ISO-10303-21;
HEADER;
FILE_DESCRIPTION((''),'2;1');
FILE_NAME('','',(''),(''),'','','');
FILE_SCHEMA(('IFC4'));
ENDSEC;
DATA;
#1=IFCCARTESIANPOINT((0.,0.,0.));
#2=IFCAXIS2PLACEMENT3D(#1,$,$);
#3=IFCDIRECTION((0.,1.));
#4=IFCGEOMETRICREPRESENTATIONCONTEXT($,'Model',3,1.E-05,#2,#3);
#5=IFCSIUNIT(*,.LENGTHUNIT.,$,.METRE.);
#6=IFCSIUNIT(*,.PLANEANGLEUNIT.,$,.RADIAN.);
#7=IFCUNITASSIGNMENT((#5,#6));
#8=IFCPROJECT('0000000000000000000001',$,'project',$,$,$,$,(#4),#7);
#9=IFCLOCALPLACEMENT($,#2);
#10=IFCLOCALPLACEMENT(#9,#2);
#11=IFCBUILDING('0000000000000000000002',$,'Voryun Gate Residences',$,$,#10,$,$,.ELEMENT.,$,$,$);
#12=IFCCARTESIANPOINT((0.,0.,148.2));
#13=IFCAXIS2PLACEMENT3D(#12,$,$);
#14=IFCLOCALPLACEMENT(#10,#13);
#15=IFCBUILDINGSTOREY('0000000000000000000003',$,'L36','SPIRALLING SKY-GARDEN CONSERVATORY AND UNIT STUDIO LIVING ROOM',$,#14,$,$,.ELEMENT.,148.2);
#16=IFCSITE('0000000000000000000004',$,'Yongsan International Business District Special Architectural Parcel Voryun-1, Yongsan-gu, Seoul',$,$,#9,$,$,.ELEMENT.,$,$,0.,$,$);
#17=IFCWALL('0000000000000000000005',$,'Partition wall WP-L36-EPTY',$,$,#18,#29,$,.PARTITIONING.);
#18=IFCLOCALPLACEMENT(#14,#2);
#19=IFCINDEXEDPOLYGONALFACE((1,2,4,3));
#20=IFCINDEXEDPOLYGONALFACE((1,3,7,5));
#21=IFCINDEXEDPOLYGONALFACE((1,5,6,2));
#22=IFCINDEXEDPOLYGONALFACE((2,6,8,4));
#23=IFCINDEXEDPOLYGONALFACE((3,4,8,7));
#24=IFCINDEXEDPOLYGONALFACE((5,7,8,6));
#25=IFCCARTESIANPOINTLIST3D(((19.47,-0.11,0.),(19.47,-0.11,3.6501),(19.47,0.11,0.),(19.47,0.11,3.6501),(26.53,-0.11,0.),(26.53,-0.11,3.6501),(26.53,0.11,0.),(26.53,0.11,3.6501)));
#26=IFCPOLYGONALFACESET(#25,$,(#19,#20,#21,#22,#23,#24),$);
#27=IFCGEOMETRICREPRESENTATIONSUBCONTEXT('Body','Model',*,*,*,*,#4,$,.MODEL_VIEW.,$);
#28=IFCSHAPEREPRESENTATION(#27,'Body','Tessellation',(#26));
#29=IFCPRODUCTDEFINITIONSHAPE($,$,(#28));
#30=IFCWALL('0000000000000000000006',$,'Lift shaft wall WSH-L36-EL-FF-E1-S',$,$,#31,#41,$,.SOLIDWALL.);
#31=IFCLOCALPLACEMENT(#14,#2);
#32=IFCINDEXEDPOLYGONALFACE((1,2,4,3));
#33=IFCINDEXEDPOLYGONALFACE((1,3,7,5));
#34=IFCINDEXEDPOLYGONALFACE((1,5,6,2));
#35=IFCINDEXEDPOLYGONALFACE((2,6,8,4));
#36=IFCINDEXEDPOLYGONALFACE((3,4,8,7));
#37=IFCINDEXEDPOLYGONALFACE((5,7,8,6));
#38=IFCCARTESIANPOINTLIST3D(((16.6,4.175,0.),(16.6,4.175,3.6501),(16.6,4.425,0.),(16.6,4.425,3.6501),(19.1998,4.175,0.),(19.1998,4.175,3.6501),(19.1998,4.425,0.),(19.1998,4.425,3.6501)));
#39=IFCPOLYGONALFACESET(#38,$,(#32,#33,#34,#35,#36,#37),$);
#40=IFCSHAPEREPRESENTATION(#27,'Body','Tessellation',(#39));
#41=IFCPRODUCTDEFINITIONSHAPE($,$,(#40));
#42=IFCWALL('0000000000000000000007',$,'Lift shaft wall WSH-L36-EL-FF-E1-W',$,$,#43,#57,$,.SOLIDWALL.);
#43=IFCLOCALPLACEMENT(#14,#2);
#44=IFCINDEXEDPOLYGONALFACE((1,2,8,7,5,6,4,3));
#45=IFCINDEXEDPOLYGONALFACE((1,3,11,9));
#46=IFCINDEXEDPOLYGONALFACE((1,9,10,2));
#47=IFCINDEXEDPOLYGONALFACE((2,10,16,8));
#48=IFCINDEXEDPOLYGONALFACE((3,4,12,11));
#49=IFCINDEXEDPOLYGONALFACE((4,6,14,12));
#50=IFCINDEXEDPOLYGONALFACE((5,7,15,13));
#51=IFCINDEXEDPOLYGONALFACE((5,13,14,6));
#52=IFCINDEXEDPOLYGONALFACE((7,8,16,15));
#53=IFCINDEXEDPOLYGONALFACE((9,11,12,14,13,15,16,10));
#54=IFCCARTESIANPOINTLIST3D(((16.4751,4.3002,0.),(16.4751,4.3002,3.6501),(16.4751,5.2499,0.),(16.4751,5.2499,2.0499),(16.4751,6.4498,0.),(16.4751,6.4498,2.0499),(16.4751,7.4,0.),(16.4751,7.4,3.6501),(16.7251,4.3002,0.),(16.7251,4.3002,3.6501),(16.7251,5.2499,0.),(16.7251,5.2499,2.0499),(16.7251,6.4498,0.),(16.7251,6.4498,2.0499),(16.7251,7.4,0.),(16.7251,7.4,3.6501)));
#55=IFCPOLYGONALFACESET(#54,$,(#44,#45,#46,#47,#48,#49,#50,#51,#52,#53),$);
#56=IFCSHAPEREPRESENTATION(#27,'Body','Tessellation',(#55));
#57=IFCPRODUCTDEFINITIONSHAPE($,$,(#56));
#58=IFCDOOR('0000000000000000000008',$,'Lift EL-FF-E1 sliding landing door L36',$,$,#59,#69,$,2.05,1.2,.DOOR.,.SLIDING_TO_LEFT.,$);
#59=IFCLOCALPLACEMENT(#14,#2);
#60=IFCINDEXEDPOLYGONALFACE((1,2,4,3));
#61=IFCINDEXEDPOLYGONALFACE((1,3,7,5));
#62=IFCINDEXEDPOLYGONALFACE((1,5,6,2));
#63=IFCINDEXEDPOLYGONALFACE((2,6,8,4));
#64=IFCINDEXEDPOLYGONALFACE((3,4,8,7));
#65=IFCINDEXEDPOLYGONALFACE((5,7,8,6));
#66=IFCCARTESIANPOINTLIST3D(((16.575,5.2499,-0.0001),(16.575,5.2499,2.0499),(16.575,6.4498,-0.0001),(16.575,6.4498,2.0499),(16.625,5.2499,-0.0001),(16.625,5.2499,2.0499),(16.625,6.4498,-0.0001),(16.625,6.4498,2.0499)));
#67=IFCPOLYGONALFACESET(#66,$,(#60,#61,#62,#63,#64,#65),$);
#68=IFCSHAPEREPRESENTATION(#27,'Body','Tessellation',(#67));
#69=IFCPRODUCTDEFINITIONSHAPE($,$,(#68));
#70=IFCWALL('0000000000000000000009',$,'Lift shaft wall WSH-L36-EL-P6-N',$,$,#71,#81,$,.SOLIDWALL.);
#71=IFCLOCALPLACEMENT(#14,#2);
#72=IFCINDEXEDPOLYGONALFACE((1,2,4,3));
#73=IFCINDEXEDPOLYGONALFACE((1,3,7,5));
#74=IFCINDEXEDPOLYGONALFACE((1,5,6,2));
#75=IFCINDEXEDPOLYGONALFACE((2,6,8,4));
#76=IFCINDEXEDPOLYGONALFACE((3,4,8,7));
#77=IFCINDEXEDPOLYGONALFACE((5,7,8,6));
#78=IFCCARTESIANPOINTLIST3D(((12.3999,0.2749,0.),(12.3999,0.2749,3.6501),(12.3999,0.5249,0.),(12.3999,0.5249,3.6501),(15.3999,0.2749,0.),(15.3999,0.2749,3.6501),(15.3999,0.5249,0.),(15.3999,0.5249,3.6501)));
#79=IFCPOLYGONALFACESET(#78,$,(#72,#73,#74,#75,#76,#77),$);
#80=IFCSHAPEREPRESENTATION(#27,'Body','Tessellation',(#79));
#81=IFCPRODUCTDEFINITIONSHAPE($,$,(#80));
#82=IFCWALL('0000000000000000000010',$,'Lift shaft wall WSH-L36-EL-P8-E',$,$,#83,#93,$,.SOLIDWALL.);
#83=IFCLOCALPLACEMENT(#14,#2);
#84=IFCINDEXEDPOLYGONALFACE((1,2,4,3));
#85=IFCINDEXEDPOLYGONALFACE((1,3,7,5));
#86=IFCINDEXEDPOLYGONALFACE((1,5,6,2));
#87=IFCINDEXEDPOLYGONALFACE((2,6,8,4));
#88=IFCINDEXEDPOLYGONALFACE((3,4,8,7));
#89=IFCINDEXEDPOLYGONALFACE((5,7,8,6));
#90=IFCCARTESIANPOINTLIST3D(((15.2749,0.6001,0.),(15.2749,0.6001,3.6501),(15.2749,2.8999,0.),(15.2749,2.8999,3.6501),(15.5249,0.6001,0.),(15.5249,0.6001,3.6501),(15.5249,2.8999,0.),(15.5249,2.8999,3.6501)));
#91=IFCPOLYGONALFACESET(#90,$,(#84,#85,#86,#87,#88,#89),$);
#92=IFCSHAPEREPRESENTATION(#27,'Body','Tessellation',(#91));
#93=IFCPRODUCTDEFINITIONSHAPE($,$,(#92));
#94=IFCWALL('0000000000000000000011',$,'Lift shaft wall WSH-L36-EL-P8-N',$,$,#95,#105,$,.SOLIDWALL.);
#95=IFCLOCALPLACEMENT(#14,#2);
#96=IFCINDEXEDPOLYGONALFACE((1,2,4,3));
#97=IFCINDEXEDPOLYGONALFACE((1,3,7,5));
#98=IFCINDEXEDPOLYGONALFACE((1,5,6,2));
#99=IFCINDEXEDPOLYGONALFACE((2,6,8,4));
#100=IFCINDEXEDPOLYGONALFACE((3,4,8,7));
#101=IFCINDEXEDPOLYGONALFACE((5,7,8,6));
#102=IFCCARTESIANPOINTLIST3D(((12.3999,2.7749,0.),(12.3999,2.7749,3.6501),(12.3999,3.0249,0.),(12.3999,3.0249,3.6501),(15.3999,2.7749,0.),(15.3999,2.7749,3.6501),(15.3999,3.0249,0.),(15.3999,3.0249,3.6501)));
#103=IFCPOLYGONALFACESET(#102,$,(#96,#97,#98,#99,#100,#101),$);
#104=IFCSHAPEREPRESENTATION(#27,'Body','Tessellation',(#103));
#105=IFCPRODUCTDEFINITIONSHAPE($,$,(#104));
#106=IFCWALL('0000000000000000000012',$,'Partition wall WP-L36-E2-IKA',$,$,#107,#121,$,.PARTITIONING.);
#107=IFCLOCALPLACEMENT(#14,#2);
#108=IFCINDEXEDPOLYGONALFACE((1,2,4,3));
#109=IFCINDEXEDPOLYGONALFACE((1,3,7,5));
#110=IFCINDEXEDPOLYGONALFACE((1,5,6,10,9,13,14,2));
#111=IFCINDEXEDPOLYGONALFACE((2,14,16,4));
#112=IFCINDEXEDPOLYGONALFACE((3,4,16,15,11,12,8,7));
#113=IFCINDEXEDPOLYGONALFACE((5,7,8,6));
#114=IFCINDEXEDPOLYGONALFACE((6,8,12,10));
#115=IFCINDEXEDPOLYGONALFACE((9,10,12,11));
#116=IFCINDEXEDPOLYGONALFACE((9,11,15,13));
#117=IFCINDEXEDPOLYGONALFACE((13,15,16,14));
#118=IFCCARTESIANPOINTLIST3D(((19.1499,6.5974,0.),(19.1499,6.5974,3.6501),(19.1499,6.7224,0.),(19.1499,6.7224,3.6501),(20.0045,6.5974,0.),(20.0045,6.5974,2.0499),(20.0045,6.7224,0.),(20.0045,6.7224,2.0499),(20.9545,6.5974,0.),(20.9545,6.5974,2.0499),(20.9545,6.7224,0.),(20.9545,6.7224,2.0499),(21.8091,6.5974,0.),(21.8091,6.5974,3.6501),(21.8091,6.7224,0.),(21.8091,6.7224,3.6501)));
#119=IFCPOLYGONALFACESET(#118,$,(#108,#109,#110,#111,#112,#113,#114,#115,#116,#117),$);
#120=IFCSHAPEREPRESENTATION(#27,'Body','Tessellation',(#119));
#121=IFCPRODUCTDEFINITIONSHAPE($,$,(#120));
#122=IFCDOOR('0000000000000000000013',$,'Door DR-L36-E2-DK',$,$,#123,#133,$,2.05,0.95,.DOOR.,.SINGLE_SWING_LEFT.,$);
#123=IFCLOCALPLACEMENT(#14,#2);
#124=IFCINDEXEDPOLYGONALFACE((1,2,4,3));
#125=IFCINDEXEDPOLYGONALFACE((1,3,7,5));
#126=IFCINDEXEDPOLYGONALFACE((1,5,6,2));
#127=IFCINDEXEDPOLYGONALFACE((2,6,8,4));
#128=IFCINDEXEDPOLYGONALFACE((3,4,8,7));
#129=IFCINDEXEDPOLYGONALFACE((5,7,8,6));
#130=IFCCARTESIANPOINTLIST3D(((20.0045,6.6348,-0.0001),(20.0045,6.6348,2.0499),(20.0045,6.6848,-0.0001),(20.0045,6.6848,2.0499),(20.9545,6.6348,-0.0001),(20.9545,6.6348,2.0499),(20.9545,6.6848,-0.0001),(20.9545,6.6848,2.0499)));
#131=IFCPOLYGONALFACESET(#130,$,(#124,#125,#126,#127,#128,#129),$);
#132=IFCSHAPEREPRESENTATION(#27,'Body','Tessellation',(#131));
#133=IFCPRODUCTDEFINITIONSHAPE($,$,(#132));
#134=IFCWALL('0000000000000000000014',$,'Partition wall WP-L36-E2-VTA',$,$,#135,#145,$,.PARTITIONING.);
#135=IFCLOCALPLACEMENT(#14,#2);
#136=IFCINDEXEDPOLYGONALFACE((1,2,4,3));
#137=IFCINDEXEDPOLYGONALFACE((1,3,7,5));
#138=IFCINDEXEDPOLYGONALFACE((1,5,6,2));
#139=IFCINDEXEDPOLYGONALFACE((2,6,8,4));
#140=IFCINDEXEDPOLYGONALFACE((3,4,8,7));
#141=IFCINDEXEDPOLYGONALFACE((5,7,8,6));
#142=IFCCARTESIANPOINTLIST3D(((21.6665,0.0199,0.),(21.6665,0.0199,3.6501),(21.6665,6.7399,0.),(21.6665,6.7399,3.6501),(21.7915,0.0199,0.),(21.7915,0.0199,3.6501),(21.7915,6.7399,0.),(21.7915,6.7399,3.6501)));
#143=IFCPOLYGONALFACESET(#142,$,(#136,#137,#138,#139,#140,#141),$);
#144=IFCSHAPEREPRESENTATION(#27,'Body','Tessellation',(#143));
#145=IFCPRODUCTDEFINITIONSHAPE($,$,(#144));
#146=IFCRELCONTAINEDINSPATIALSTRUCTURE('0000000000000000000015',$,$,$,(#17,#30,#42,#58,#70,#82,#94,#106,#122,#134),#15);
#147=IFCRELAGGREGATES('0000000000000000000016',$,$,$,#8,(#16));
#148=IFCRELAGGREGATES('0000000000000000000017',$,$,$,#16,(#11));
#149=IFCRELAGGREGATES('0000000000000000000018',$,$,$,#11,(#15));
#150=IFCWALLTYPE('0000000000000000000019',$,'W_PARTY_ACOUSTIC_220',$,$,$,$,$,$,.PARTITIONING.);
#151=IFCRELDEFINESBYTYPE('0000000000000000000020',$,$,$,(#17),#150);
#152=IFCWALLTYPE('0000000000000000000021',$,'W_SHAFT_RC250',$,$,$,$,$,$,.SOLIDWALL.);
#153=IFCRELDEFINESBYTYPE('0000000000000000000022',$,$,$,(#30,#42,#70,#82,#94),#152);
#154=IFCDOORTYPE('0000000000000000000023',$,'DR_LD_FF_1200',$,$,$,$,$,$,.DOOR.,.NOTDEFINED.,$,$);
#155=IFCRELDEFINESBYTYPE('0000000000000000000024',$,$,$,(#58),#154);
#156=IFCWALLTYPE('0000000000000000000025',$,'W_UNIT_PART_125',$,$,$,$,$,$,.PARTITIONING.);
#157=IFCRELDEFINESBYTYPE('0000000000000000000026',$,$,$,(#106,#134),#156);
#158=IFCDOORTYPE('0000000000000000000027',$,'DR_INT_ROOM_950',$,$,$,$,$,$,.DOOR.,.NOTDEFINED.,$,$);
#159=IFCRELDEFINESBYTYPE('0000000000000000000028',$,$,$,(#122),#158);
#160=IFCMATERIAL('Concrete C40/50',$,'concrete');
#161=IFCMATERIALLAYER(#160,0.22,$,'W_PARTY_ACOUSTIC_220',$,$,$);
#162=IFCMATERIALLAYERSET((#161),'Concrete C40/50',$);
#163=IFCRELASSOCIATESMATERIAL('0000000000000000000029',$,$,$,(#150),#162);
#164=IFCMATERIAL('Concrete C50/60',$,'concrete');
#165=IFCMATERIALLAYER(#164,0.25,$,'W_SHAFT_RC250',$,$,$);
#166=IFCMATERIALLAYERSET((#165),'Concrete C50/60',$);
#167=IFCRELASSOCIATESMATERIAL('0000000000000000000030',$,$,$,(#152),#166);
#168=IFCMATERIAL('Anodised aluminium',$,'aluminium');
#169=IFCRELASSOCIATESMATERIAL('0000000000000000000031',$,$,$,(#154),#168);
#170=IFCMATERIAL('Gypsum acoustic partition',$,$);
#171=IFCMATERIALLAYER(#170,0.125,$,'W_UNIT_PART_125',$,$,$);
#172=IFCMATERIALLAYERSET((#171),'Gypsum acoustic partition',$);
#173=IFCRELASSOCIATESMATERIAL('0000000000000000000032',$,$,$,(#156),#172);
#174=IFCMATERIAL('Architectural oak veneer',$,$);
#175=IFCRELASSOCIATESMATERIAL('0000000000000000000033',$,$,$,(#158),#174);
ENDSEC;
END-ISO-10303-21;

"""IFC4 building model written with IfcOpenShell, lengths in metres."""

from ifc_helpers import new_model, si_unit, direction, frame, frame_2d, origin, place, context, subcontext, project, spatial, rectangle, extrude, material, layer, layer_set, type_object, element, fill, save


model = new_model("IFC4")

# Units and contexts
model_context = context("Model", 3, precision=1e-05, world=origin(), true_north=direction((0.0, 1.0)))
body_context = subcontext(model_context, "Body", "Model", "MODEL_VIEW")
ifc_project = project(units=[si_unit("LENGTHUNIT", "METRE"), si_unit("PLANEANGLEUNIT", "RADIAN")], contexts=[model_context])

# Site, building, storey
site_placement = place(None, origin())
site = spatial("IfcSite", under=ifc_project, at=site_placement, Name="Yongsan International Business District Special Architectural Parcel Voryun-1, Yongsan-gu, Seoul", CompositionType="ELEMENT", RefElevation=0.0)
building_placement = place(site_placement, origin())
building = spatial("IfcBuilding", under=site, at=building_placement, Name="Voryun Gate Residences", CompositionType="ELEMENT")
storey_placement = place(building_placement, frame((0.0, 0.0, 148.2)))
storey = spatial("IfcBuildingStorey", under=building, at=storey_placement, Name="L36", Description="SPIRALLING SKY-GARDEN CONSERVATORY AND UNIT STUDIO LIVING ROOM", CompositionType="ELEMENT", Elevation=148.2)

# Walls
ifc_material_1 = material(Name="Concrete C40/50", Category="concrete")
ifc_layer_1 = layer(ifc_material_1, 0.22, Name="W_PARTY_ACOUSTIC_220")
ifc_layer_set_1 = layer_set([ifc_layer_1], Name="Concrete C40/50")
wall_type_1 = type_object("IfcWallType", Name="W_PARTY_ACOUSTIC_220", PredefinedType="PARTITIONING", material=ifc_layer_set_1)
wall_1_placement = place(storey_placement, frame((19.47, 0.0, 0.0), z_axis=(0.0, 0.0, 1.0), x_axis=(1.0, 0.0, 0.0)))
element("IfcWall", 1, at=wall_1_placement, inside=storey, type_object=wall_type_1, Name="Partition wall WP-L36-EPTY", PredefinedType="PARTITIONING", context=body_context, shape_type="SweptSolid", body=[
    extrude(rectangle(XDim=7.0601, YDim=0.22, at=frame_2d((3.53, 0.0))), origin(), (0.0, 0.0, 1.0), 3.6501),
])
ifc_material_2 = material(Name="Concrete C50/60", Category="concrete")
ifc_layer_2 = layer(ifc_material_2, 0.25, Name="W_SHAFT_RC250")
ifc_layer_set_2 = layer_set([ifc_layer_2], Name="Concrete C50/60")
wall_type_2 = type_object("IfcWallType", Name="W_SHAFT_RC250", PredefinedType="SOLIDWALL", material=ifc_layer_set_2)
wall_2_placement = place(storey_placement, frame((16.6001, 4.3, 0.0), z_axis=(0.0, 0.0, 1.0), x_axis=(1.0, 0.0, 0.0)))
element("IfcWall", 2, at=wall_2_placement, inside=storey, type_object=wall_type_2, Name="Lift shaft wall WSH-L36-EL-FF-E1-S", PredefinedType="SOLIDWALL", context=body_context, shape_type="SweptSolid", body=[
    extrude(rectangle(XDim=2.5999, YDim=0.25, at=frame_2d((1.2998, 0.0))), origin(), (0.0, 0.0, 1.0), 3.6501),
])

# Wall, opening, door
wall_3_placement = place(storey_placement, frame((16.6001, 7.3999, 0.0), z_axis=(0.0, 0.0, 1.0), x_axis=(0.0, -1.0, 0.0)))
wall_3 = element("IfcWall", 3, at=wall_3_placement, inside=storey, type_object=wall_type_2, Name="Lift shaft wall WSH-L36-EL-FF-E1-W", PredefinedType="SOLIDWALL", context=body_context, shape_type="SweptSolid", body=[
    extrude(rectangle(XDim=3.0999, YDim=0.25, at=frame_2d((1.5498, 0.0))), origin(), (0.0, 0.0, 1.0), 3.6501),
])
opening_1_placement = place(wall_3_placement, frame((0.95, 0.0, 0.0)))
opening_1 = element("IfcOpeningElement", 4, at=opening_1_placement, cuts=wall_3, PredefinedType="OPENING", context=body_context, shape_type="SweptSolid", body=[
    extrude(rectangle(XDim=1.2, YDim=2.05, at=frame_2d((0.6001, 1.0249))), frame((0.0, 0.135, 0.0), z_axis=(0.0, -1.0, 0.0), x_axis=(1.0, 0.0, 0.0)), (0.0, 0.0, 1.0), 0.27),
])
ifc_material_3 = material(Name="Anodised aluminium", Category="aluminium")
door_type_1 = type_object("IfcDoorType", Name="DR_LD_FF_1200", OperationType="NOTDEFINED", PredefinedType="DOOR", material=ifc_material_3)
door_1_placement = place(opening_1_placement, origin())
door_1 = element("IfcDoor", 5, at=door_1_placement, inside=storey, type_object=door_type_1, Name="Lift EL-FF-E1 sliding landing door L36", OperationType="SLIDING_TO_LEFT", OverallHeight=2.05, OverallWidth=1.2, PredefinedType="DOOR", context=body_context, shape_type="SweptSolid", body=[
    extrude(rectangle(XDim=1.2, YDim=2.05, at=frame_2d((0.6001, 1.0249))), frame((0.0, 0.0249, 0.0), z_axis=(0.0, -1.0, 0.0), x_axis=(1.0, 0.0, 0.0)), (0.0, 0.0, 1.0), 0.05),
])
fill(opening_1, door_1)

# Walls
wall_4_placement = place(storey_placement, frame((15.3999, 0.3999, 0.0), z_axis=(0.0, 0.0, 1.0), x_axis=(-1.0, 0.0, 0.0)))
element("IfcWall", 6, at=wall_4_placement, inside=storey, type_object=wall_type_2, Name="Lift shaft wall WSH-L36-EL-P6-N", PredefinedType="SOLIDWALL", context=body_context, shape_type="SweptSolid", body=[
    extrude(rectangle(XDim=3.0, YDim=0.25, at=frame_2d((1.5, 0.0))), origin(), (0.0, 0.0, 1.0), 3.6501),
])
wall_5_placement = place(storey_placement, frame((15.3999, 0.6001, 0.0), z_axis=(0.0, 0.0, 1.0), x_axis=(0.0, 1.0, 0.0)))
element("IfcWall", 7, at=wall_5_placement, inside=storey, type_object=wall_type_2, Name="Lift shaft wall WSH-L36-EL-P8-E", PredefinedType="SOLIDWALL", context=body_context, shape_type="SweptSolid", body=[
    extrude(rectangle(XDim=2.2998, YDim=0.25, at=frame_2d((1.1499, 0.0))), origin(), (0.0, 0.0, 1.0), 3.6501),
])
wall_6_placement = place(storey_placement, frame((15.3999, 2.8999, 0.0), z_axis=(0.0, 0.0, 1.0), x_axis=(-1.0, 0.0, 0.0)))
element("IfcWall", 8, at=wall_6_placement, inside=storey, type_object=wall_type_2, Name="Lift shaft wall WSH-L36-EL-P8-N", PredefinedType="SOLIDWALL", context=body_context, shape_type="SweptSolid", body=[
    extrude(rectangle(XDim=3.0, YDim=0.25, at=frame_2d((1.5, 0.0))), origin(), (0.0, 0.0, 1.0), 3.6501),
])

# Wall, opening, door
ifc_material_4 = material(Name="Gypsum acoustic partition")
ifc_layer_3 = layer(ifc_material_4, 0.125, Name="W_UNIT_PART_125")
ifc_layer_set_3 = layer_set([ifc_layer_3], Name="Gypsum acoustic partition")
wall_type_3 = type_object("IfcWallType", Name="W_UNIT_PART_125", PredefinedType="PARTITIONING", material=ifc_layer_set_3)
wall_7_placement = place(storey_placement, frame((19.1499, 6.6599, 0.0), z_axis=(0.0, 0.0, 1.0), x_axis=(1.0, 0.0, 0.0)))
wall_7 = element("IfcWall", 9, at=wall_7_placement, inside=storey, type_object=wall_type_3, Name="Partition wall WP-L36-E2-IKA", PredefinedType="PARTITIONING", context=body_context, shape_type="SweptSolid", body=[
    extrude(rectangle(XDim=2.6592, YDim=0.125, at=frame_2d((1.3296, 0.0))), origin(), (0.0, 0.0, 1.0), 3.6501),
])
opening_2_placement = place(wall_7_placement, frame((0.8545, 0.0, 0.0)))
opening_2 = element("IfcOpeningElement", 10, at=opening_2_placement, cuts=wall_7, PredefinedType="OPENING", context=body_context, shape_type="SweptSolid", body=[
    extrude(rectangle(XDim=0.95, YDim=2.05, at=frame_2d((0.4751, 1.0249))), frame((0.0, 0.0725, 0.0), z_axis=(0.0, -1.0, 0.0), x_axis=(1.0, 0.0, 0.0)), (0.0, 0.0, 1.0), 0.145),
])
ifc_material_5 = material(Name="Architectural oak veneer")
door_type_2 = type_object("IfcDoorType", Name="DR_INT_ROOM_950", OperationType="NOTDEFINED", PredefinedType="DOOR", material=ifc_material_5)
door_2_placement = place(opening_2_placement, origin())
door_2 = element("IfcDoor", 11, at=door_2_placement, inside=storey, type_object=door_type_2, Name="Door DR-L36-E2-DK", OperationType="SINGLE_SWING_LEFT", OverallHeight=2.05, OverallWidth=0.95, PredefinedType="DOOR", context=body_context, shape_type="SweptSolid", body=[
    extrude(rectangle(XDim=0.95, YDim=2.05, at=frame_2d((0.4751, 1.0249))), frame((0.0, 0.0249, 0.0), z_axis=(0.0, -1.0, 0.0), x_axis=(1.0, 0.0, 0.0)), (0.0, 0.0, 1.0), 0.05),
])
fill(opening_2, door_2)

# Wall
wall_8_placement = place(storey_placement, frame((21.729, 0.02, 0.0), z_axis=(0.0, 0.0, 1.0), x_axis=(0.0, 1.0, 0.0)))
element("IfcWall", 12, at=wall_8_placement, inside=storey, type_object=wall_type_3, Name="Partition wall WP-L36-E2-VTA", PredefinedType="PARTITIONING", context=body_context, shape_type="SweptSolid", body=[
    extrude(rectangle(XDim=6.72, YDim=0.125, at=frame_2d((3.3599, 0.0))), origin(), (0.0, 0.0, 1.0), 3.6501),
])

save(model, "model.ifc")
